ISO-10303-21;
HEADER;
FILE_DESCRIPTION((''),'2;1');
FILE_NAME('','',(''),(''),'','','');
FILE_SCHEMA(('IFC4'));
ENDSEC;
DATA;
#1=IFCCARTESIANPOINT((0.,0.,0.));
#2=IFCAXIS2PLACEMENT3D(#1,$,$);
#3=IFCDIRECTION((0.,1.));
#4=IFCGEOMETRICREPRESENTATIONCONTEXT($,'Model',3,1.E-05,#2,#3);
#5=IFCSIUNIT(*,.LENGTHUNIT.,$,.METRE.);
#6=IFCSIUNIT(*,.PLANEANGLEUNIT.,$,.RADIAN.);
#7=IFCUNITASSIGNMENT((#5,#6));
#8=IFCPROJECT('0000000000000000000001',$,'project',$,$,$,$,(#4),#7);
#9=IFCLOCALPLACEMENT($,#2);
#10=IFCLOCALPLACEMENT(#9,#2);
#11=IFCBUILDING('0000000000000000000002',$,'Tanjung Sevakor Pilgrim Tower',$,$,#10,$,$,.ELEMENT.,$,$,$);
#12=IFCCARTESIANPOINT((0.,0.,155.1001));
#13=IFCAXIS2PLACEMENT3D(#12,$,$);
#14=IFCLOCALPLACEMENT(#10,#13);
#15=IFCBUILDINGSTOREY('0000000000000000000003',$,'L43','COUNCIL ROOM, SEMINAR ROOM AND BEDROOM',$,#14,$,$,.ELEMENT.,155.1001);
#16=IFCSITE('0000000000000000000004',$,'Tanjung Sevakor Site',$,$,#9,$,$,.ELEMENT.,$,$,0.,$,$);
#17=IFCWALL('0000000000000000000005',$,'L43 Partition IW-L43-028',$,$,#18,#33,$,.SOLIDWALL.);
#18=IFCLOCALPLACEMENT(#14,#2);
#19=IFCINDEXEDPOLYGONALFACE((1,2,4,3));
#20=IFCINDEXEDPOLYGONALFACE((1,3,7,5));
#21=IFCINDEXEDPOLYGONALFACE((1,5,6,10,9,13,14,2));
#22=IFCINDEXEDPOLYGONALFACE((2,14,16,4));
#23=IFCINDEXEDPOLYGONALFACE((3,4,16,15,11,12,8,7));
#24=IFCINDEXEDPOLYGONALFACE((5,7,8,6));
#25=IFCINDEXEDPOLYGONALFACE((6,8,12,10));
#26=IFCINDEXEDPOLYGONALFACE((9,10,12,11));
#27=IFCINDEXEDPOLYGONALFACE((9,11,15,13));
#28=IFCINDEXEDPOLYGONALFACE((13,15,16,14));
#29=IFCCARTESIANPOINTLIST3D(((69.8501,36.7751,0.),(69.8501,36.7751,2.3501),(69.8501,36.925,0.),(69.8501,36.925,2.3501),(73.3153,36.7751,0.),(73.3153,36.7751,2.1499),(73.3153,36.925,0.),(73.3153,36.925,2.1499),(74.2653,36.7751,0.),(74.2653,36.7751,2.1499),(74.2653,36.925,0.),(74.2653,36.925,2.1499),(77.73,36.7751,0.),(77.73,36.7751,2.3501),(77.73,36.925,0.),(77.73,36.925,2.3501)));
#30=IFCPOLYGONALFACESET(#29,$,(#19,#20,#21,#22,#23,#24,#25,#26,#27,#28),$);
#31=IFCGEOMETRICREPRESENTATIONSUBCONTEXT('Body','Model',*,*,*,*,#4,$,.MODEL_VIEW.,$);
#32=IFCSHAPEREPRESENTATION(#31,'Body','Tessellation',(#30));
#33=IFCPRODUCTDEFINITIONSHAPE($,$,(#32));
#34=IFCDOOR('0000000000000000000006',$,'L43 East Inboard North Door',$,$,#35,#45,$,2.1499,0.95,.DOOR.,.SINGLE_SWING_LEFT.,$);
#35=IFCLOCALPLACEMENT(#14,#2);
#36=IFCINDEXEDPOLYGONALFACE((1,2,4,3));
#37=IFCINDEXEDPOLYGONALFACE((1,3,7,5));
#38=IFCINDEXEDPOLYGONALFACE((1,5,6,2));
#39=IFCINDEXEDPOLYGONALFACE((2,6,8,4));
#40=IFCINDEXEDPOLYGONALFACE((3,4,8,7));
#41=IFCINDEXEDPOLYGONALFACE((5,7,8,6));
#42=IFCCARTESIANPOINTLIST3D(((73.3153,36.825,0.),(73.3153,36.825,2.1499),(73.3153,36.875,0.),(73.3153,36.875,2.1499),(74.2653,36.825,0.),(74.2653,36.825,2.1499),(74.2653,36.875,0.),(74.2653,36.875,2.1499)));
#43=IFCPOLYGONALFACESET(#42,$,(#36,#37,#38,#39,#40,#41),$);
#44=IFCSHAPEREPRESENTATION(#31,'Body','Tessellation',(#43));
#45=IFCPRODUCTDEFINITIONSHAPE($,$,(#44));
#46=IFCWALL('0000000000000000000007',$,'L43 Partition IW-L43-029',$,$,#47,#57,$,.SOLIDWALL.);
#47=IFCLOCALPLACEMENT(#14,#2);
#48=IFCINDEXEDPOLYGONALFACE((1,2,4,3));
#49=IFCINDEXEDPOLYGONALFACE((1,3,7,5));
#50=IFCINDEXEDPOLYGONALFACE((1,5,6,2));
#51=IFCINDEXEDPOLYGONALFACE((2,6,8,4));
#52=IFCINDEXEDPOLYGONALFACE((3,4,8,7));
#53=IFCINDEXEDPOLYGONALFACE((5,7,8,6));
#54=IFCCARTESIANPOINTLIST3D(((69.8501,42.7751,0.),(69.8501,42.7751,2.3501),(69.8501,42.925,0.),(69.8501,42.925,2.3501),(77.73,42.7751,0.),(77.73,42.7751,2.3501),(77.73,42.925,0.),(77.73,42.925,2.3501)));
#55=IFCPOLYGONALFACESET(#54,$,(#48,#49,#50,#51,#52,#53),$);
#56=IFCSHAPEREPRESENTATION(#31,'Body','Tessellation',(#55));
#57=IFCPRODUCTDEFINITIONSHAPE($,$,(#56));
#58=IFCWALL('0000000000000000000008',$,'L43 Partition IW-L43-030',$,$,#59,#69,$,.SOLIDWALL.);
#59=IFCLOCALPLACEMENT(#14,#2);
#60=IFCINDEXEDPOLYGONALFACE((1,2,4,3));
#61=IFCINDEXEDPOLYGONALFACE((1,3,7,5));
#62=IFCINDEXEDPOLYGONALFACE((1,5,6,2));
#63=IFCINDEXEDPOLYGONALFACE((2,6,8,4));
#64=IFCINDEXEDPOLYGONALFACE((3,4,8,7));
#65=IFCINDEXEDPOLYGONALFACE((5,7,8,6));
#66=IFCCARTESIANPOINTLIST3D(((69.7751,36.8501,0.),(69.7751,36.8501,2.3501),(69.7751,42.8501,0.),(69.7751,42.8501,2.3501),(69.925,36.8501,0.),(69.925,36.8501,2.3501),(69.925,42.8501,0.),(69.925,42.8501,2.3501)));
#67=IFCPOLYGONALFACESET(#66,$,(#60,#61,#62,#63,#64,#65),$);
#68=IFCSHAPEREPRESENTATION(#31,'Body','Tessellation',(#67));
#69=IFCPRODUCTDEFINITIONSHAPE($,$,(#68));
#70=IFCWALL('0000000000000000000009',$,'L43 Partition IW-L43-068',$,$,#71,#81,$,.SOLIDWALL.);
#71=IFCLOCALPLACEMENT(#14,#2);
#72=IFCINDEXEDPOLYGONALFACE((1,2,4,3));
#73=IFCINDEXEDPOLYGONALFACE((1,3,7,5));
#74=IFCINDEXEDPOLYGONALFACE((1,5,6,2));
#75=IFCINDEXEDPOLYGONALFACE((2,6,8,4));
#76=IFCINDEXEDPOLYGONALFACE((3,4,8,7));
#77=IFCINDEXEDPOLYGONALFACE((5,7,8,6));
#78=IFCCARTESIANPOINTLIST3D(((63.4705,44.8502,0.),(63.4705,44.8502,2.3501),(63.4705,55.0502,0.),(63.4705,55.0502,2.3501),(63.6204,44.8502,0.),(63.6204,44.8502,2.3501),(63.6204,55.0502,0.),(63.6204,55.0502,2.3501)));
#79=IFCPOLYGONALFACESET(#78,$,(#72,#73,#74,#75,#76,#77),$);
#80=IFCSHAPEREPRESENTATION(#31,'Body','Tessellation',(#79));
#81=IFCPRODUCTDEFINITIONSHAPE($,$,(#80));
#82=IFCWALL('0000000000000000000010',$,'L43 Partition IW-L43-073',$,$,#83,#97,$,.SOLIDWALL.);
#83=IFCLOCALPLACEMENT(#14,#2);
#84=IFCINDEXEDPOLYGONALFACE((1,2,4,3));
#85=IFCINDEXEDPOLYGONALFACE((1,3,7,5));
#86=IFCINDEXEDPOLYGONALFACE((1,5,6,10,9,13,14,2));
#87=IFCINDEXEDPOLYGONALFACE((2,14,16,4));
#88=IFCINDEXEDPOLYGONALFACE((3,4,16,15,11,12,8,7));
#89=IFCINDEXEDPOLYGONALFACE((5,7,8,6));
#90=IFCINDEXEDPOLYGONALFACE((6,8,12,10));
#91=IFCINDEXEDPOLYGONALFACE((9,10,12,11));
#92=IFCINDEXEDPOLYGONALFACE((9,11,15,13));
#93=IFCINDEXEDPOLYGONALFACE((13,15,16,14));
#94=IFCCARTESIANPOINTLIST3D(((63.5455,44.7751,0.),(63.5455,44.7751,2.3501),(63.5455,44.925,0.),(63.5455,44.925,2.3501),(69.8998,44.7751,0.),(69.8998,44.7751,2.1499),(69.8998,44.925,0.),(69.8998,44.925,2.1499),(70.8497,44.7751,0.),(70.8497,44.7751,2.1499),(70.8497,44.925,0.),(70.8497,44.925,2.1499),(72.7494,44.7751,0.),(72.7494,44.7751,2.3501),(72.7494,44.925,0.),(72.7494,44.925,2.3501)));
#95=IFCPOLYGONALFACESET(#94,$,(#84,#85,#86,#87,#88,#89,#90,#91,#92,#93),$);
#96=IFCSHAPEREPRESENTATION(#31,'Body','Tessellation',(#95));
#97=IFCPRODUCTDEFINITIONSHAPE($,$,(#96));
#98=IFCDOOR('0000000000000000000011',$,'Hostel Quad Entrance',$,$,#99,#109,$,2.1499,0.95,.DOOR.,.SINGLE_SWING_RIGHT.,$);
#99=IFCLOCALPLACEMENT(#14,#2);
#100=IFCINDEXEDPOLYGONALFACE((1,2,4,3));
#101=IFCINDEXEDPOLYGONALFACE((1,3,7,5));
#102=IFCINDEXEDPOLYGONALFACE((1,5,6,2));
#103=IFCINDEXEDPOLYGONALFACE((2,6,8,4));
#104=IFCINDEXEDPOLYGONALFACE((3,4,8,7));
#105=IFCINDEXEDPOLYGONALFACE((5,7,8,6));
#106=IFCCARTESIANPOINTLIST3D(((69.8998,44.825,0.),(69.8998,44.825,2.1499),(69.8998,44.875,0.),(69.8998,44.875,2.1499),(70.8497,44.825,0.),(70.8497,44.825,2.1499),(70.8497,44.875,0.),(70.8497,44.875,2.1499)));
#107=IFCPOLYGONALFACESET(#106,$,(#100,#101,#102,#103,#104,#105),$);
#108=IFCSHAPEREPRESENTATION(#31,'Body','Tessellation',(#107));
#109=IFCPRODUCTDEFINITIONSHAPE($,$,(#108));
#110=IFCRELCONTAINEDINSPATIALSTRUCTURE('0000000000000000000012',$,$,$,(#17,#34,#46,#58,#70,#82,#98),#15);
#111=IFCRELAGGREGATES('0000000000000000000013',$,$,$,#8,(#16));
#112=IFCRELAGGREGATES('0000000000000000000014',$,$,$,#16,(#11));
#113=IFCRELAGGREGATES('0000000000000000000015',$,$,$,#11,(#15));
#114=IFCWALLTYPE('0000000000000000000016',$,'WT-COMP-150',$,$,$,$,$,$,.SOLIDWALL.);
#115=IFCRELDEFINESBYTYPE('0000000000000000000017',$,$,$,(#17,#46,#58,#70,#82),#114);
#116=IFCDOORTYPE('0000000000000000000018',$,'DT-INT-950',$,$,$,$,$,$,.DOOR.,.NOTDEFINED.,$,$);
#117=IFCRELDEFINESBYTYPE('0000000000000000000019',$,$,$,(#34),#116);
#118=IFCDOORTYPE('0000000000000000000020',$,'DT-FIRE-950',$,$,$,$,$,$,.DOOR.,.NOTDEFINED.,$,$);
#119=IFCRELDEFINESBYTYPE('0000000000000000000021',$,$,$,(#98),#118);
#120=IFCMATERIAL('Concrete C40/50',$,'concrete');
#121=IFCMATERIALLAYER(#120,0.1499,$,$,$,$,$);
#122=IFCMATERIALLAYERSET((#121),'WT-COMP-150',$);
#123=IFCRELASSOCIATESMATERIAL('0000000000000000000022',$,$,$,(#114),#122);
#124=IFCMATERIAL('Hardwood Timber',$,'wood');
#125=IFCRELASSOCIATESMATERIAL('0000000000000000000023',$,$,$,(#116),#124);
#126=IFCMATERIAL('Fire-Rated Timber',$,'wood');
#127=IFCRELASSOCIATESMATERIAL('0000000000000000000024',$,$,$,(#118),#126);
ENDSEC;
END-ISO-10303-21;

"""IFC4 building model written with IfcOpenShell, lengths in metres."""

from ifc_helpers import new_model, si_unit, direction, frame, frame_2d, origin, place, context, subcontext, project, spatial, rectangle, extrude, material, layer, layer_set, type_object, element, fill, save


model = new_model("IFC4")

# Units and contexts
model_context = context("Model", 3, precision=1e-05, world=origin(), true_north=direction((0.0, 1.0)))
body_context = subcontext(model_context, "Body", "Model", "MODEL_VIEW")
ifc_project = project(units=[si_unit("LENGTHUNIT", "METRE"), si_unit("PLANEANGLEUNIT", "RADIAN")], contexts=[model_context])

# Site, building, storey
site_placement = place(None, origin())
site = spatial("IfcSite", under=ifc_project, at=site_placement, Name="Tanjung Sevakor Site", CompositionType="ELEMENT", RefElevation=0.0)
building_placement = place(site_placement, origin())
building = spatial("IfcBuilding", under=site, at=building_placement, Name="Tanjung Sevakor Pilgrim Tower", CompositionType="ELEMENT")
storey_placement = place(building_placement, frame((0.0, 0.0, 155.1001)))
storey = spatial("IfcBuildingStorey", under=building, at=storey_placement, Name="L43", Description="COUNCIL ROOM, SEMINAR ROOM AND BEDROOM", CompositionType="ELEMENT", Elevation=155.1001)

# Wall, opening, door
ifc_material_1 = material(Name="Concrete C40/50", Category="concrete")
ifc_layer = layer(ifc_material_1, 0.1499)
ifc_layer_set = layer_set([ifc_layer], Name="WT-COMP-150")
wall_type = type_object("IfcWallType", Name="WT-COMP-150", PredefinedType="SOLIDWALL", material=ifc_layer_set)
ifc_material_2 = material(Name="Hardwood Timber", Category="wood")
door_type_1 = type_object("IfcDoorType", Name="DT-INT-950", OperationType="NOTDEFINED", PredefinedType="DOOR", material=ifc_material_2)
wall_1_placement = place(storey_placement, frame((69.8501, 36.8501, 0.0), z_axis=(0.0, 0.0, 1.0), x_axis=(1.0, 0.0, 0.0)))
wall_1 = element("IfcWall", 1, at=wall_1_placement, inside=storey, type_object=wall_type, Name="L43 Partition IW-L43-028", PredefinedType="SOLIDWALL", context=body_context, shape_type="SweptSolid", body=[
    extrude(rectangle(XDim=7.8799, YDim=0.1499, at=frame_2d((3.9399, 0.0))), origin(), (0.0, 0.0, 1.0), 2.3501),
])
opening_1_placement = place(wall_1_placement, frame((3.4651, 0.0, 0.0)))
opening_1 = element("IfcOpeningElement", 2, at=opening_1_placement, cuts=wall_1, PredefinedType="OPENING", context=body_context, shape_type="SweptSolid", body=[
    extrude(rectangle(XDim=0.95, YDim=2.1499, at=frame_2d((0.4751, 1.075))), frame((0.0, 0.085, 0.0), z_axis=(0.0, -1.0, 0.0), x_axis=(1.0, 0.0, 0.0)), (0.0, 0.0, 1.0), 0.1699),
])
door_1_placement = place(opening_1_placement, origin())
door_1 = element("IfcDoor", 3, at=door_1_placement, inside=storey, type_object=door_type_1, Name="L43 East Inboard North Door", OperationType="SINGLE_SWING_LEFT", OverallHeight=2.1499, OverallWidth=0.95, PredefinedType="DOOR", context=body_context, shape_type="SweptSolid", body=[
    extrude(rectangle(XDim=0.95, YDim=2.1499, at=frame_2d((0.4751, 1.075))), frame((0.0, 0.0249, 0.0), z_axis=(0.0, -1.0, 0.0), x_axis=(1.0, 0.0, 0.0)), (0.0, 0.0, 1.0), 0.05),
])
fill(opening_1, door_1)

# Walls
wall_2_placement = place(storey_placement, frame((69.8501, 42.8501, 0.0), z_axis=(0.0, 0.0, 1.0), x_axis=(1.0, 0.0, 0.0)))
element("IfcWall", 4, at=wall_2_placement, inside=storey, type_object=wall_type, Name="L43 Partition IW-L43-029", PredefinedType="SOLIDWALL", context=body_context, shape_type="SweptSolid", body=[
    extrude(rectangle(XDim=7.8799, YDim=0.1499, at=frame_2d((3.9399, 0.0))), origin(), (0.0, 0.0, 1.0), 2.3501),
])
wall_3_placement = place(storey_placement, frame((69.8501, 36.8501, 0.0), z_axis=(0.0, 0.0, 1.0), x_axis=(0.0, 1.0, 0.0)))
element("IfcWall", 5, at=wall_3_placement, inside=storey, type_object=wall_type, Name="L43 Partition IW-L43-030", PredefinedType="SOLIDWALL", context=body_context, shape_type="SweptSolid", body=[
    extrude(rectangle(XDim=6.0, YDim=0.1499, at=frame_2d((3.0, 0.0))), origin(), (0.0, 0.0, 1.0), 2.3501),
])
wall_4_placement = place(storey_placement, frame((63.5454, 44.8501, 0.0), z_axis=(0.0, 0.0, 1.0), x_axis=(0.0, 1.0, 0.0)))
element("IfcWall", 6, at=wall_4_placement, inside=storey, type_object=wall_type, Name="L43 Partition IW-L43-068", PredefinedType="SOLIDWALL", context=body_context, shape_type="SweptSolid", body=[
    extrude(rectangle(XDim=10.2, YDim=0.1499, at=frame_2d((5.1001, 0.0))), origin(), (0.0, 0.0, 1.0), 2.3501),
])

# Wall, opening, door
wall_5_placement = place(storey_placement, frame((63.5454, 44.8501, 0.0), z_axis=(0.0, 0.0, 1.0), x_axis=(1.0, 0.0, 0.0)))
wall_5 = element("IfcWall", 7, at=wall_5_placement, inside=storey, type_object=wall_type, Name="L43 Partition IW-L43-073", PredefinedType="SOLIDWALL", context=body_context, shape_type="SweptSolid", body=[
    extrude(rectangle(XDim=9.2039, YDim=0.1499, at=frame_2d((4.6021, 0.0))), origin(), (0.0, 0.0, 1.0), 2.3501),
])
opening_2_placement = place(wall_5_placement, frame((6.3542, 0.0, 0.0)))
opening_2 = element("IfcOpeningElement", 8, at=opening_2_placement, cuts=wall_5, PredefinedType="OPENING", context=body_context, shape_type="SweptSolid", body=[
    extrude(rectangle(XDim=0.95, YDim=2.1499, at=frame_2d((0.4751, 1.075))), frame((0.0, 0.085, 0.0), z_axis=(0.0, -1.0, 0.0), x_axis=(1.0, 0.0, 0.0)), (0.0, 0.0, 1.0), 0.1699),
])
ifc_material_3 = material(Name="Fire-Rated Timber", Category="wood")
door_type_2 = type_object("IfcDoorType", Name="DT-FIRE-950", OperationType="NOTDEFINED", PredefinedType="DOOR", material=ifc_material_3)
door_2_placement = place(opening_2_placement, origin())
door_2 = element("IfcDoor", 9, at=door_2_placement, inside=storey, type_object=door_type_2, Name="Hostel Quad Entrance", OperationType="SINGLE_SWING_RIGHT", OverallHeight=2.1499, OverallWidth=0.95, PredefinedType="DOOR", context=body_context, shape_type="SweptSolid", body=[
    extrude(rectangle(XDim=0.95, YDim=2.1499, at=frame_2d((0.4751, 1.075))), frame((0.0, 0.0249, 0.0), z_axis=(0.0, -1.0, 0.0), x_axis=(1.0, 0.0, 0.0)), (0.0, 0.0, 1.0), 0.05),
])
fill(opening_2, door_2)

save(model, "model.ifc")
